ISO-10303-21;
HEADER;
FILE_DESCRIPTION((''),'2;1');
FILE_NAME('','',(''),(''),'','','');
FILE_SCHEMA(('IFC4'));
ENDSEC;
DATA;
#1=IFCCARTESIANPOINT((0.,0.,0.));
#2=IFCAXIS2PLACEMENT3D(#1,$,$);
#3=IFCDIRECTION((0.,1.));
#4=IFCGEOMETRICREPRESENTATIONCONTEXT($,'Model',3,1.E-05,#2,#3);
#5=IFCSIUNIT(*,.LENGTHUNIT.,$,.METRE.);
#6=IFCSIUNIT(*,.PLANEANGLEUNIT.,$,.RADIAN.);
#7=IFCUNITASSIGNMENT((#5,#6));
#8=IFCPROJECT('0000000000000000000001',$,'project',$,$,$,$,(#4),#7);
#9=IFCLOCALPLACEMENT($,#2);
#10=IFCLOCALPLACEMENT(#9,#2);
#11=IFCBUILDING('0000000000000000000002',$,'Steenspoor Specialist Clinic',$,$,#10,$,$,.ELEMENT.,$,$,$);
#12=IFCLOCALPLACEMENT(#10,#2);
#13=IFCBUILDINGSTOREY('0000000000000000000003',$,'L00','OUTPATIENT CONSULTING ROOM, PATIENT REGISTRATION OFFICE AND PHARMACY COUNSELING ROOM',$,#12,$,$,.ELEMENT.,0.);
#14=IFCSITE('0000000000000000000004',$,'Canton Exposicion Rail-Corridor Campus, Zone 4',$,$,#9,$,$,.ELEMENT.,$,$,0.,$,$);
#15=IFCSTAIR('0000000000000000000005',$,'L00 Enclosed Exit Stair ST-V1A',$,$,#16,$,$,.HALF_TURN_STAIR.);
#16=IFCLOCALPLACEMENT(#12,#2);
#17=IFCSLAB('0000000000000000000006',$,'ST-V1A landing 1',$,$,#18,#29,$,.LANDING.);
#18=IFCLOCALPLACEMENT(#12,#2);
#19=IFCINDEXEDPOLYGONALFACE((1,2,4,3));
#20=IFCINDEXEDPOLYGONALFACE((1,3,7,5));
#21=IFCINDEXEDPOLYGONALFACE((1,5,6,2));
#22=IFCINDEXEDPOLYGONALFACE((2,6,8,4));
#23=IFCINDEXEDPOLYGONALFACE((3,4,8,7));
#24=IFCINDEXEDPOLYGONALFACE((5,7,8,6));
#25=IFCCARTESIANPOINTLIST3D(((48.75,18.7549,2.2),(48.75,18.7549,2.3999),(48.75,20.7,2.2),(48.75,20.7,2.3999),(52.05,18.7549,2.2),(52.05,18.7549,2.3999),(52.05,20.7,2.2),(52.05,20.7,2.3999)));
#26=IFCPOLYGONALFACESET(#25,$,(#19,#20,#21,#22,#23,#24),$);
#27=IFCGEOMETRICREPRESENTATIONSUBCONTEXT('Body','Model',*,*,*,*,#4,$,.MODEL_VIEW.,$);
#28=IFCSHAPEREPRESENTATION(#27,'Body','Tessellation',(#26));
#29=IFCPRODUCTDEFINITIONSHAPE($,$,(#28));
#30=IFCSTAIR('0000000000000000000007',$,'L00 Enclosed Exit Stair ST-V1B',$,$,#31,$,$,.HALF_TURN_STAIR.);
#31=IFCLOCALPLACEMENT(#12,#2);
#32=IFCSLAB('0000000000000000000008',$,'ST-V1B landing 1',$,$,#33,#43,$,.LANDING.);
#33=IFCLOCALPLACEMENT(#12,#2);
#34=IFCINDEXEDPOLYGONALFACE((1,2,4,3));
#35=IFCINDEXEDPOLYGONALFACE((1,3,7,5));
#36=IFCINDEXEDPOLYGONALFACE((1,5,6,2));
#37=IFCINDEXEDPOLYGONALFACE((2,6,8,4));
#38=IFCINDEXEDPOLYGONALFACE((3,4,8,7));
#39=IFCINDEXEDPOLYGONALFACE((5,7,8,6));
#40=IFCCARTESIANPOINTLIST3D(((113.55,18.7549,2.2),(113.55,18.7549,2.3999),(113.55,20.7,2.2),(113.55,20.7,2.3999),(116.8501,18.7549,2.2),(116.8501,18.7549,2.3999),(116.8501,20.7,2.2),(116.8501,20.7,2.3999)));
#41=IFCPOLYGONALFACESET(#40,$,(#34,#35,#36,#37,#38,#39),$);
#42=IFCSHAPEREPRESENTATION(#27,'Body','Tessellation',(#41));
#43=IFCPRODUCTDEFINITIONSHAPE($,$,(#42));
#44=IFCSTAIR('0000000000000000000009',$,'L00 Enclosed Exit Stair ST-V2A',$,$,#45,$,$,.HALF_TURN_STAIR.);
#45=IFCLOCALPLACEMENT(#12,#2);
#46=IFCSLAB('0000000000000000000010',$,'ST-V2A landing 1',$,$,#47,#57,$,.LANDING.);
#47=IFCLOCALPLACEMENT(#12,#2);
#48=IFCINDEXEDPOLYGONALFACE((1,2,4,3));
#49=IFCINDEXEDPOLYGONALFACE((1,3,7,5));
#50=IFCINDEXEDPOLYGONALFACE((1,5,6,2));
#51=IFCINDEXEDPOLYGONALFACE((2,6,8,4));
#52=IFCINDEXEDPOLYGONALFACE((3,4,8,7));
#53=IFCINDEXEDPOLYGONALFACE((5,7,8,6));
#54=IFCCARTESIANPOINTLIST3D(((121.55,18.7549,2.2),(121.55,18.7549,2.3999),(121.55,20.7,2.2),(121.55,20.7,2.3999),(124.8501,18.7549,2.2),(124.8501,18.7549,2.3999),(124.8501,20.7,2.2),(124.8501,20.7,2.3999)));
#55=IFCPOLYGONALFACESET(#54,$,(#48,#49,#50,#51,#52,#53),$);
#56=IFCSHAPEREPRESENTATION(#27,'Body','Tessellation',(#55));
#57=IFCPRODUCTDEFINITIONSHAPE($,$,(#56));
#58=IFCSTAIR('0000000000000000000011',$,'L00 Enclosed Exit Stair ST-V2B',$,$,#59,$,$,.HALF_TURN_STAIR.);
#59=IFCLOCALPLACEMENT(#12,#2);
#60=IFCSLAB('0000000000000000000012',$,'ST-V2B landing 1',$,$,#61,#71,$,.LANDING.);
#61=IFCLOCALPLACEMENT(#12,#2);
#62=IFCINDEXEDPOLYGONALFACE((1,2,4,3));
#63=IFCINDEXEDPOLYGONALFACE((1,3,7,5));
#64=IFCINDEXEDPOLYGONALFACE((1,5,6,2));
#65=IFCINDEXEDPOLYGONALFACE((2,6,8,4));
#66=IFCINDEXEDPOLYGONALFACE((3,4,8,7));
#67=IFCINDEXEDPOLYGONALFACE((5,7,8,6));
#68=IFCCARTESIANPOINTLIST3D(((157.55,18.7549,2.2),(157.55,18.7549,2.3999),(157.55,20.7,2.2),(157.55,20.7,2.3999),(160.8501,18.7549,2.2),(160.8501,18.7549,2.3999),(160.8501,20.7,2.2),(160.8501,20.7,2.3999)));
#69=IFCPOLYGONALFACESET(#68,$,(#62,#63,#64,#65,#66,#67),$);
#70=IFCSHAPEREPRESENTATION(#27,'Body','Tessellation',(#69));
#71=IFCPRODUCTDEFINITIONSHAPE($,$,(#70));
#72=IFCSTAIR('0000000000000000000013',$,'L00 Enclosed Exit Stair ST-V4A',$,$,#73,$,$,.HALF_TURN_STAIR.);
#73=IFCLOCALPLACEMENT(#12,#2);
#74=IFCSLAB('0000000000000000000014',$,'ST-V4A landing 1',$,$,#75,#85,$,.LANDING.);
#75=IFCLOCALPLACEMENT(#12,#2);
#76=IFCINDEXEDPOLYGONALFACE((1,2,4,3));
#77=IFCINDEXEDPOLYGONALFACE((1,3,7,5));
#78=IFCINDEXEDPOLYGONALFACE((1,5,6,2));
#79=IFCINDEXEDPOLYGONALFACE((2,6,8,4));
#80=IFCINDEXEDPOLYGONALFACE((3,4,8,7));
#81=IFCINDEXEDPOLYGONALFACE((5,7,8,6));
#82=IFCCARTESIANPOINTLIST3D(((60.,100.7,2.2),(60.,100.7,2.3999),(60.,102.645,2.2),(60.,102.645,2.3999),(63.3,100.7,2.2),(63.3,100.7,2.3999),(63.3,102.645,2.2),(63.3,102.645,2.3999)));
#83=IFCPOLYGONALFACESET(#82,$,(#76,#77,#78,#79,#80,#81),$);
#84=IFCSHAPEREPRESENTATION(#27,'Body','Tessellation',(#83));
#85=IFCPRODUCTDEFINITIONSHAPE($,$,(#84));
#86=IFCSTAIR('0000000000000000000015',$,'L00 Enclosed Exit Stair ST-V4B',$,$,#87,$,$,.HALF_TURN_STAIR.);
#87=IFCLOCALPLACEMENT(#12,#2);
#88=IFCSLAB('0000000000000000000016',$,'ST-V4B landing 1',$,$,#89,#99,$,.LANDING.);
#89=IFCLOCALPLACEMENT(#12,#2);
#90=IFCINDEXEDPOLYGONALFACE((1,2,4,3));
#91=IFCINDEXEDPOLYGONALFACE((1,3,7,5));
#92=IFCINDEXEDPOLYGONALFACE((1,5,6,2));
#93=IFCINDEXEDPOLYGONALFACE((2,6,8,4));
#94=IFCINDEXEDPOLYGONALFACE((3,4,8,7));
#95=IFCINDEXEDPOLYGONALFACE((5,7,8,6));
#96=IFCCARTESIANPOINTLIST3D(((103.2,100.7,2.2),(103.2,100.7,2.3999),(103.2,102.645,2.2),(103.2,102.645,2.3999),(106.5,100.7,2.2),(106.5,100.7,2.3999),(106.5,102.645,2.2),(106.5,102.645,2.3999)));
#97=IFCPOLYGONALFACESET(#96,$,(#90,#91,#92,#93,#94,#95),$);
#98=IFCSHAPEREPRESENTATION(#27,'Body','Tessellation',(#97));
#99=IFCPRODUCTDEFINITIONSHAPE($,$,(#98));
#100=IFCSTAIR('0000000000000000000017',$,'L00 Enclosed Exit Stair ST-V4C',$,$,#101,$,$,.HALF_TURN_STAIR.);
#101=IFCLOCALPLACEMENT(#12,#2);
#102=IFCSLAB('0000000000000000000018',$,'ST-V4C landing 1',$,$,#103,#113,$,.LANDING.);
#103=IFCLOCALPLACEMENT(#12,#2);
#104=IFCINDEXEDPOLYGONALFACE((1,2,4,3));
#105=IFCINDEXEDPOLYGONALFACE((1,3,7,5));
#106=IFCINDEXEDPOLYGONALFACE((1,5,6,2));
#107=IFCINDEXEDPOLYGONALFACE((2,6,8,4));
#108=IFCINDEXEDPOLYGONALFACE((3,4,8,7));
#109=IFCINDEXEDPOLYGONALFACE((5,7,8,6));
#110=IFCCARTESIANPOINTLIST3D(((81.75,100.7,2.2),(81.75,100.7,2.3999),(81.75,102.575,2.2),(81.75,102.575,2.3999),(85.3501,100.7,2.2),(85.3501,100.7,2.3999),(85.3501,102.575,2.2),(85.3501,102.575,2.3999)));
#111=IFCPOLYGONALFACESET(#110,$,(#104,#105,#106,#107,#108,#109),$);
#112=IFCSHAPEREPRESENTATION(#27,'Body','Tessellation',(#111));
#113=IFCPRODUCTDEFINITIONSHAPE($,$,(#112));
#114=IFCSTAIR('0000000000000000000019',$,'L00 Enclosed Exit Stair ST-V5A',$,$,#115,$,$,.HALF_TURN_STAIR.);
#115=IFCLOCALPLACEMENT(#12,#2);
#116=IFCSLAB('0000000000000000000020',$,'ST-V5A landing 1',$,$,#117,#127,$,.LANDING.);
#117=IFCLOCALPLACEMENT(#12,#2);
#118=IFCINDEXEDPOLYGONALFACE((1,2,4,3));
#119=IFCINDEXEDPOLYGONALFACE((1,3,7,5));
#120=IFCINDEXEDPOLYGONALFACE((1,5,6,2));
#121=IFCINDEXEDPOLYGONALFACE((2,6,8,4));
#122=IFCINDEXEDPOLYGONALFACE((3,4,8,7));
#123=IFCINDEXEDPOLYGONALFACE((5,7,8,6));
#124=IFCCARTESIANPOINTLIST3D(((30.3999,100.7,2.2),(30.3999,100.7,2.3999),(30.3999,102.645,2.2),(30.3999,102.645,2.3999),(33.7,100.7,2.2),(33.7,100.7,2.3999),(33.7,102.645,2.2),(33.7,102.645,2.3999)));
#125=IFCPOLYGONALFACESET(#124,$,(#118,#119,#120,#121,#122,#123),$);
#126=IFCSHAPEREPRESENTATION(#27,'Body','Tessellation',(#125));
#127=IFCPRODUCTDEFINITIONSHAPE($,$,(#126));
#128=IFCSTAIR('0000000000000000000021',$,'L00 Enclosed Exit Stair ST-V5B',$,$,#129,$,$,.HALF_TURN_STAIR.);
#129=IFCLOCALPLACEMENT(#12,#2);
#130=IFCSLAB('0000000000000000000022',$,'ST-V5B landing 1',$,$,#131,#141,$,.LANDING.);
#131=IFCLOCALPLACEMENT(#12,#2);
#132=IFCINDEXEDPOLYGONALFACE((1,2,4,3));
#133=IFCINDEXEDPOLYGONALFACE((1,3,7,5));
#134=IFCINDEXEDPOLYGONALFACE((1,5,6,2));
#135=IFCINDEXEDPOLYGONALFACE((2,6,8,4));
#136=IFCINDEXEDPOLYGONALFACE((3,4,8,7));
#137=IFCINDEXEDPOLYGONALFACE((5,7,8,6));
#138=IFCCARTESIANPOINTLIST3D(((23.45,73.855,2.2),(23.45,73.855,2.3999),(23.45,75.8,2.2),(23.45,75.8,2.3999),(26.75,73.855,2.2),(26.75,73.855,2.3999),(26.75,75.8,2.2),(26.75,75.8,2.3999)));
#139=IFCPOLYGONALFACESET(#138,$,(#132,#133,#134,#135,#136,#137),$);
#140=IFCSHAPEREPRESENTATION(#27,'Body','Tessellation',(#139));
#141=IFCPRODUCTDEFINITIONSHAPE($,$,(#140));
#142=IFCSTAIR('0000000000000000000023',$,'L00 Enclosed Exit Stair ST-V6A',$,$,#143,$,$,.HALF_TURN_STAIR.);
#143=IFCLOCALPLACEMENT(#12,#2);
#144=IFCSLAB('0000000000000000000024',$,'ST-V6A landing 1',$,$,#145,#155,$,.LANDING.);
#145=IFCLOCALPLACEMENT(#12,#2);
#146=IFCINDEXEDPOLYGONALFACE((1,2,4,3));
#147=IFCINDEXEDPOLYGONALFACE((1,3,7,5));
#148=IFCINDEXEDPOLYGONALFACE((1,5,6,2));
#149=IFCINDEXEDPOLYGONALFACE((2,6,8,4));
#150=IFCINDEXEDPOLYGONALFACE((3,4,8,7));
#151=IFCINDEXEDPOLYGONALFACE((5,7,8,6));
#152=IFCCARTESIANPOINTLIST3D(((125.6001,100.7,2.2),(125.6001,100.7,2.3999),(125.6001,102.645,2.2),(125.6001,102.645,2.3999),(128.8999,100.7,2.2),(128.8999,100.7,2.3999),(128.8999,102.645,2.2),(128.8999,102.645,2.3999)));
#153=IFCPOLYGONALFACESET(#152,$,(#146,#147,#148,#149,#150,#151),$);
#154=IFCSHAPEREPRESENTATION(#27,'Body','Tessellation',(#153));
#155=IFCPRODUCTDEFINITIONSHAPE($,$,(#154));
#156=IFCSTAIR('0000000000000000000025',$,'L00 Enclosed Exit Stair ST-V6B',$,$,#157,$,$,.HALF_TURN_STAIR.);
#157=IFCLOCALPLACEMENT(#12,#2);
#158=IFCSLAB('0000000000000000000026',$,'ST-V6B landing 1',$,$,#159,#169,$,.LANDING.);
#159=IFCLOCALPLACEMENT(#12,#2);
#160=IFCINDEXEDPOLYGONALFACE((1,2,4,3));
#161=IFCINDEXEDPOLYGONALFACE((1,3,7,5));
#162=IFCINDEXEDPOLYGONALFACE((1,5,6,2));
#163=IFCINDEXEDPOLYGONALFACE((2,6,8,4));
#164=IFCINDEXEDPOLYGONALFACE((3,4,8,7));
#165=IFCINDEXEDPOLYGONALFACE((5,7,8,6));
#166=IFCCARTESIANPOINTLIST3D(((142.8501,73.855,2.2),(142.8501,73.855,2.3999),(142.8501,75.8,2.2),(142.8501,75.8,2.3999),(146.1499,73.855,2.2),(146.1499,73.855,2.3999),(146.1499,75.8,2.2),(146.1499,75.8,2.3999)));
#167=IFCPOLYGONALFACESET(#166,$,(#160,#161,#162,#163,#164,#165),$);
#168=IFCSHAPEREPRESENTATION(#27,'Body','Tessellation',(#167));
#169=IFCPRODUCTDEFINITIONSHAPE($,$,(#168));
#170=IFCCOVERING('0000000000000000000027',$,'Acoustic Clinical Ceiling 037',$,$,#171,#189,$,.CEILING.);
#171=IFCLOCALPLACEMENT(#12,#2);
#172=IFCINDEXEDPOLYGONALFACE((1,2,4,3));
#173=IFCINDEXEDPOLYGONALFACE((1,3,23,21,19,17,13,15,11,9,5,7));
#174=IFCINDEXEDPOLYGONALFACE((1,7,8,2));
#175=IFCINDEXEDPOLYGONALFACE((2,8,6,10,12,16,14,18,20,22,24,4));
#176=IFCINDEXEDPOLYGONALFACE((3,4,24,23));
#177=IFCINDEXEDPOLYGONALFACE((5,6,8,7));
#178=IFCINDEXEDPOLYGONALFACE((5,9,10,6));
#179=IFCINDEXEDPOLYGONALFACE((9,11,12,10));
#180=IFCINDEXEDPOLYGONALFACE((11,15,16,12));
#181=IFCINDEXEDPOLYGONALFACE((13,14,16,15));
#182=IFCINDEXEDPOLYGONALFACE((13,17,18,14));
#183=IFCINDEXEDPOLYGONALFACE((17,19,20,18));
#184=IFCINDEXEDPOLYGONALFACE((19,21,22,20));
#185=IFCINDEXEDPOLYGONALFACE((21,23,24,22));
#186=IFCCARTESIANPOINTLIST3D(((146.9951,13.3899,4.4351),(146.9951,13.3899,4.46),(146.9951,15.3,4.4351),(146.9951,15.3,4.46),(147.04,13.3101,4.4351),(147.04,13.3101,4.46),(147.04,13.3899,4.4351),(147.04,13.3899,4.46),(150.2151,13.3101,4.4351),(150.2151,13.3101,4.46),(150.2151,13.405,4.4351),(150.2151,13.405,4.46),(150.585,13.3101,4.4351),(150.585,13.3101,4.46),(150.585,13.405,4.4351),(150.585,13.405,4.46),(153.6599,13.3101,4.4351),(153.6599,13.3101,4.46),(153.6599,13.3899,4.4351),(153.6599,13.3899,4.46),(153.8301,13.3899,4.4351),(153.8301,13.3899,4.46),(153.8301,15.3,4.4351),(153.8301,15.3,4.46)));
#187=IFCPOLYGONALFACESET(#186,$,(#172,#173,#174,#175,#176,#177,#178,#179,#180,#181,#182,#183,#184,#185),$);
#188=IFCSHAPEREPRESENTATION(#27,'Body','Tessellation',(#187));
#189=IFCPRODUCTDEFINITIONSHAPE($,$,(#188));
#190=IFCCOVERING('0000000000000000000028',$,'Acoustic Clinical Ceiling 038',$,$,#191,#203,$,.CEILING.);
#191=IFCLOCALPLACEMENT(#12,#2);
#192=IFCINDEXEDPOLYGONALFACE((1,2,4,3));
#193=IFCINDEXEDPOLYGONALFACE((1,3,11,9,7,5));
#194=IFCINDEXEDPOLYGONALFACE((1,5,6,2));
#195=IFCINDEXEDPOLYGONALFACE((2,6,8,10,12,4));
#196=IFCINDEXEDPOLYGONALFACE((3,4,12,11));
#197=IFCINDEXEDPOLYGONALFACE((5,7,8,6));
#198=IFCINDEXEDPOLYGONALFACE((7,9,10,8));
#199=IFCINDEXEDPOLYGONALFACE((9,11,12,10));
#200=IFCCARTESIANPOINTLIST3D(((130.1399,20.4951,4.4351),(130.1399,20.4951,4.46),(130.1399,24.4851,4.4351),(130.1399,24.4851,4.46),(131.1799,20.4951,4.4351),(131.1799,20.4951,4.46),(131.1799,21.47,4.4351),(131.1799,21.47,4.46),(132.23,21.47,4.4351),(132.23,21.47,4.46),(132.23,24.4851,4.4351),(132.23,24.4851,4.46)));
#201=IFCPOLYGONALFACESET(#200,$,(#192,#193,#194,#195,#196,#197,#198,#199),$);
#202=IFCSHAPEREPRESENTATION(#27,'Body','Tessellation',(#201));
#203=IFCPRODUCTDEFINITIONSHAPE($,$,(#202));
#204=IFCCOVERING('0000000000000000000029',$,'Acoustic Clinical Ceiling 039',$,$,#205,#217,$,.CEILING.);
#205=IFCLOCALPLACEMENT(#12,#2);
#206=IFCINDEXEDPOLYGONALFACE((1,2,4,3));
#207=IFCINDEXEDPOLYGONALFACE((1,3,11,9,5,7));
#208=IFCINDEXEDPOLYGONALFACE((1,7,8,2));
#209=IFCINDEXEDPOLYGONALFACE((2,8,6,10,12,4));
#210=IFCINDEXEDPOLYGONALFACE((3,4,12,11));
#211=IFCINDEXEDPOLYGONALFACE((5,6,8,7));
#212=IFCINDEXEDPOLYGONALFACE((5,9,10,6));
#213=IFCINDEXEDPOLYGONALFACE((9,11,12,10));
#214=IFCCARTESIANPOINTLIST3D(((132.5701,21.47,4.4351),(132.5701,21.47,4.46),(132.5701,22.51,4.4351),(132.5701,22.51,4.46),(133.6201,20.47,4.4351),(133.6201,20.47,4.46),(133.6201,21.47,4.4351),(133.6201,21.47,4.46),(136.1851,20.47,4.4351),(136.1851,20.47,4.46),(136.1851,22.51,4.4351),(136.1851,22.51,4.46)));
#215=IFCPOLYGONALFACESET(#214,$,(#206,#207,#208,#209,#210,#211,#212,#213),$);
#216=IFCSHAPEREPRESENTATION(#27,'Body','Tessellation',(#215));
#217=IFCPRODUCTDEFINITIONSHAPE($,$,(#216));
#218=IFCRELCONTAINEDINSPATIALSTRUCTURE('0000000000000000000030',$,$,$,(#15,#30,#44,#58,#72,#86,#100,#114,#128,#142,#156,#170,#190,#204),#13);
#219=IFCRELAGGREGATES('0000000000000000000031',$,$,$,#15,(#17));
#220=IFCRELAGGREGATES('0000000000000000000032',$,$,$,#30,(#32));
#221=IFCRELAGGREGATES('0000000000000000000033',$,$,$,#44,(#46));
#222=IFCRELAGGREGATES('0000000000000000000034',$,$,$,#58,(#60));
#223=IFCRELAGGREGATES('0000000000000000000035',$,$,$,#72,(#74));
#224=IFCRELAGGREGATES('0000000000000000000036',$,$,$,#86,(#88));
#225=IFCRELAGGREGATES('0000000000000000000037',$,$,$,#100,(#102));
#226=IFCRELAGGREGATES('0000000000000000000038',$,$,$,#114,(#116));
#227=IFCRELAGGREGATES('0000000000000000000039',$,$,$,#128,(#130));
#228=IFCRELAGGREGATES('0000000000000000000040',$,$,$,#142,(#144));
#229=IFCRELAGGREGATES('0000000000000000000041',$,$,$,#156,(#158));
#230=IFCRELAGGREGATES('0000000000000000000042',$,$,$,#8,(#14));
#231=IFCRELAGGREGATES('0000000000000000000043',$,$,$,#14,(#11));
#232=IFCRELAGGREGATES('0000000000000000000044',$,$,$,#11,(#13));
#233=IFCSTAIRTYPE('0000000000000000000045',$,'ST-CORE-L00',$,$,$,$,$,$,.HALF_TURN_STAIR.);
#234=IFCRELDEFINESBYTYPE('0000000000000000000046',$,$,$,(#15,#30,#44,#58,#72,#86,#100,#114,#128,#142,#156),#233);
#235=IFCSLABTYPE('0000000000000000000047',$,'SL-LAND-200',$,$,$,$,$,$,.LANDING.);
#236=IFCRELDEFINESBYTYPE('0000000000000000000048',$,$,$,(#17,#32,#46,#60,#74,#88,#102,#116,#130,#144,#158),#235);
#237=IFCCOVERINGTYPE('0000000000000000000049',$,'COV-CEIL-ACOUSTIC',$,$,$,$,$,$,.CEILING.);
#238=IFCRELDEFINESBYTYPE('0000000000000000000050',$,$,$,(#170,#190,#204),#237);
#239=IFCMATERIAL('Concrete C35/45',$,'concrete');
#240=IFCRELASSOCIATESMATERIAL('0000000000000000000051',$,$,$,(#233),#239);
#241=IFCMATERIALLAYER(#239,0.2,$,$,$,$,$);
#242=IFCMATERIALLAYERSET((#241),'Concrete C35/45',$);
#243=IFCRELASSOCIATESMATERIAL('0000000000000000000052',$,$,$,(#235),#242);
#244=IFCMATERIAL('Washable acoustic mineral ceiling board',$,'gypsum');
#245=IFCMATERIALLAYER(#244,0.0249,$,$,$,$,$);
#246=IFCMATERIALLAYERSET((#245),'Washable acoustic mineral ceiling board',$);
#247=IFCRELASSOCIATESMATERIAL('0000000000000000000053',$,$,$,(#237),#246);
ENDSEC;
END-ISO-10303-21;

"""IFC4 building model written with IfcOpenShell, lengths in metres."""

from ifc_helpers import new_model, si_unit, direction, frame, origin, place, context, subcontext, project, spatial, polyline, outline, extrude, material, layer, layer_set, type_object, element, aggregate, save


model = new_model("IFC4")

# Units and contexts
model_context = context("Model", 3, precision=1e-05, world=origin(), true_north=direction((0.0, 1.0)))
body_context = subcontext(model_context, "Body", "Model", "MODEL_VIEW")
ifc_project = project(units=[si_unit("LENGTHUNIT", "METRE"), si_unit("PLANEANGLEUNIT", "RADIAN")], contexts=[model_context])

# Site, building, storey
site_placement = place(None, origin())
site = spatial("IfcSite", under=ifc_project, at=site_placement, Name="Canton Exposicion Rail-Corridor Campus, Zone 4", CompositionType="ELEMENT", RefElevation=0.0)
building_placement = place(site_placement, origin())
building = spatial("IfcBuilding", under=site, at=building_placement, Name="Steenspoor Specialist Clinic", CompositionType="ELEMENT")
storey_placement = place(building_placement, origin())
storey = spatial("IfcBuildingStorey", under=building, at=storey_placement, Name="L00", Description="OUTPATIENT CONSULTING ROOM, PATIENT REGISTRATION OFFICE AND PHARMACY COUNSELING ROOM", CompositionType="ELEMENT", Elevation=0.0)

# Stairs, slabs
ifc_material_1 = material(Name="Concrete C35/45", Category="concrete")
stair_type = type_object("IfcStairType", Name="ST-CORE-L00", PredefinedType="HALF_TURN_STAIR", material=ifc_material_1)
stair_1_placement = place(storey_placement, origin())
stair_1 = element("IfcStair", 1, at=stair_1_placement, inside=storey, type_object=stair_type, Name="L00 Enclosed Exit Stair ST-V1A", PredefinedType="HALF_TURN_STAIR")
ifc_layer_1 = layer(ifc_material_1, 0.2)
ifc_layer_set_1 = layer_set([ifc_layer_1], Name="Concrete C35/45")
slab_type = type_object("IfcSlabType", Name="SL-LAND-200", PredefinedType="LANDING", material=ifc_layer_set_1)
slab_1_placement = place(storey_placement, frame((0.0, 0.0, 2.2)))
slab_1 = element("IfcSlab", 2, at=slab_1_placement, type_object=slab_type, Name="ST-V1A landing 1", PredefinedType="LANDING", context=body_context, shape_type="SweptSolid", body=[
    extrude(outline(polyline([(52.05, 18.7549), (52.05, 20.7), (48.75, 20.7), (48.75, 18.7549), (52.05, 18.7549)])), origin(), (0.0, 0.0, 1.0), 0.2),
])
aggregate(stair_1, [slab_1])
stair_2_placement = place(storey_placement, origin())
stair_2 = element("IfcStair", 3, at=stair_2_placement, inside=storey, type_object=stair_type, Name="L00 Enclosed Exit Stair ST-V1B", PredefinedType="HALF_TURN_STAIR")
slab_2_placement = place(storey_placement, frame((0.0, 0.0, 2.2)))
slab_2 = element("IfcSlab", 4, at=slab_2_placement, type_object=slab_type, Name="ST-V1B landing 1", PredefinedType="LANDING", context=body_context, shape_type="SweptSolid", body=[
    extrude(outline(polyline([(116.8501, 18.7549), (116.8501, 20.7), (113.55, 20.7), (113.55, 18.7549), (116.8501, 18.7549)])), origin(), (0.0, 0.0, 1.0), 0.2),
])
aggregate(stair_2, [slab_2])
stair_3_placement = place(storey_placement, origin())
stair_3 = element("IfcStair", 5, at=stair_3_placement, inside=storey, type_object=stair_type, Name="L00 Enclosed Exit Stair ST-V2A", PredefinedType="HALF_TURN_STAIR")
slab_3_placement = place(storey_placement, frame((0.0, 0.0, 2.2)))
slab_3 = element("IfcSlab", 6, at=slab_3_placement, type_object=slab_type, Name="ST-V2A landing 1", PredefinedType="LANDING", context=body_context, shape_type="SweptSolid", body=[
    extrude(outline(polyline([(124.8501, 18.7549), (124.8501, 20.7), (121.55, 20.7), (121.55, 18.7549), (124.8501, 18.7549)])), origin(), (0.0, 0.0, 1.0), 0.2),
])
aggregate(stair_3, [slab_3])
stair_4_placement = place(storey_placement, origin())
stair_4 = element("IfcStair", 7, at=stair_4_placement, inside=storey, type_object=stair_type, Name="L00 Enclosed Exit Stair ST-V2B", PredefinedType="HALF_TURN_STAIR")
slab_4_placement = place(storey_placement, frame((0.0, 0.0, 2.2)))
slab_4 = element("IfcSlab", 8, at=slab_4_placement, type_object=slab_type, Name="ST-V2B landing 1", PredefinedType="LANDING", context=body_context, shape_type="SweptSolid", body=[
    extrude(outline(polyline([(160.8501, 18.7549), (160.8501, 20.7), (157.55, 20.7), (157.55, 18.7549), (160.8501, 18.7549)])), origin(), (0.0, 0.0, 1.0), 0.2),
])
aggregate(stair_4, [slab_4])
stair_5_placement = place(storey_placement, origin())
stair_5 = element("IfcStair", 9, at=stair_5_placement, inside=storey, type_object=stair_type, Name="L00 Enclosed Exit Stair ST-V4A", PredefinedType="HALF_TURN_STAIR")
slab_5_placement = place(storey_placement, frame((0.0, 0.0, 2.2)))
slab_5 = element("IfcSlab", 10, at=slab_5_placement, type_object=slab_type, Name="ST-V4A landing 1", PredefinedType="LANDING", context=body_context, shape_type="SweptSolid", body=[
    extrude(outline(polyline([(60.0, 102.645), (60.0, 100.7), (63.3, 100.7), (63.3, 102.645), (60.0, 102.645)])), origin(), (0.0, 0.0, 1.0), 0.2),
])
aggregate(stair_5, [slab_5])
stair_6_placement = place(storey_placement, origin())
stair_6 = element("IfcStair", 11, at=stair_6_placement, inside=storey, type_object=stair_type, Name="L00 Enclosed Exit Stair ST-V4B", PredefinedType="HALF_TURN_STAIR")
slab_6_placement = place(storey_placement, frame((0.0, 0.0, 2.2)))
slab_6 = element("IfcSlab", 12, at=slab_6_placement, type_object=slab_type, Name="ST-V4B landing 1", PredefinedType="LANDING", context=body_context, shape_type="SweptSolid", body=[
    extrude(outline(polyline([(103.2, 102.645), (103.2, 100.7), (106.5, 100.7), (106.5, 102.645), (103.2, 102.645)])), origin(), (0.0, 0.0, 1.0), 0.2),
])
aggregate(stair_6, [slab_6])
stair_7_placement = place(storey_placement, origin())
stair_7 = element("IfcStair", 13, at=stair_7_placement, inside=storey, type_object=stair_type, Name="L00 Enclosed Exit Stair ST-V4C", PredefinedType="HALF_TURN_STAIR")
slab_7_placement = place(storey_placement, frame((0.0, 0.0, 2.2)))
slab_7 = element("IfcSlab", 14, at=slab_7_placement, type_object=slab_type, Name="ST-V4C landing 1", PredefinedType="LANDING", context=body_context, shape_type="SweptSolid", body=[
    extrude(outline(polyline([(81.75, 102.575), (81.75, 100.7), (85.3501, 100.7), (85.3501, 102.575), (81.75, 102.575)])), origin(), (0.0, 0.0, 1.0), 0.2),
])
aggregate(stair_7, [slab_7])
stair_8_placement = place(storey_placement, origin())
stair_8 = element("IfcStair", 15, at=stair_8_placement, inside=storey, type_object=stair_type, Name="L00 Enclosed Exit Stair ST-V5A", PredefinedType="HALF_TURN_STAIR")
slab_8_placement = place(storey_placement, frame((0.0, 0.0, 2.2)))
slab_8 = element("IfcSlab", 16, at=slab_8_placement, type_object=slab_type, Name="ST-V5A landing 1", PredefinedType="LANDING", context=body_context, shape_type="SweptSolid", body=[
    extrude(outline(polyline([(30.3999, 102.645), (30.3999, 100.7), (33.7, 100.7), (33.7, 102.645), (30.3999, 102.645)])), origin(), (0.0, 0.0, 1.0), 0.2),
])
aggregate(stair_8, [slab_8])
stair_9_placement = place(storey_placement, origin())
stair_9 = element("IfcStair", 17, at=stair_9_placement, inside=storey, type_object=stair_type, Name="L00 Enclosed Exit Stair ST-V5B", PredefinedType="HALF_TURN_STAIR")
slab_9_placement = place(storey_placement, frame((0.0, 0.0, 2.2)))
slab_9 = element("IfcSlab", 18, at=slab_9_placement, type_object=slab_type, Name="ST-V5B landing 1", PredefinedType="LANDING", context=body_context, shape_type="SweptSolid", body=[
    extrude(outline(polyline([(26.75, 73.855), (26.75, 75.8), (23.45, 75.8), (23.45, 73.855), (26.75, 73.855)])), origin(), (0.0, 0.0, 1.0), 0.2),
])
aggregate(stair_9, [slab_9])
stair_10_placement = place(storey_placement, origin())
stair_10 = element("IfcStair", 19, at=stair_10_placement, inside=storey, type_object=stair_type, Name="L00 Enclosed Exit Stair ST-V6A", PredefinedType="HALF_TURN_STAIR")
slab_10_placement = place(storey_placement, frame((0.0, 0.0, 2.2)))
slab_10 = element("IfcSlab", 20, at=slab_10_placement, type_object=slab_type, Name="ST-V6A landing 1", PredefinedType="LANDING", context=body_context, shape_type="SweptSolid", body=[
    extrude(outline(polyline([(125.6001, 102.645), (125.6001, 100.7), (128.8999, 100.7), (128.8999, 102.645), (125.6001, 102.645)])), origin(), (0.0, 0.0, 1.0), 0.2),
])
aggregate(stair_10, [slab_10])
stair_11_placement = place(storey_placement, origin())
stair_11 = element("IfcStair", 21, at=stair_11_placement, inside=storey, type_object=stair_type, Name="L00 Enclosed Exit Stair ST-V6B", PredefinedType="HALF_TURN_STAIR")
slab_11_placement = place(storey_placement, frame((0.0, 0.0, 2.2)))
slab_11 = element("IfcSlab", 22, at=slab_11_placement, type_object=slab_type, Name="ST-V6B landing 1", PredefinedType="LANDING", context=body_context, shape_type="SweptSolid", body=[
    extrude(outline(polyline([(146.1499, 73.855), (146.1499, 75.8), (142.8501, 75.8), (142.8501, 73.855), (146.1499, 73.855)])), origin(), (0.0, 0.0, 1.0), 0.2),
])
aggregate(stair_11, [slab_11])

# Coverings
ifc_material_2 = material(Name="Washable acoustic mineral ceiling board", Category="gypsum")
ifc_layer_2 = layer(ifc_material_2, 0.0249)
ifc_layer_set_2 = layer_set([ifc_layer_2], Name="Washable acoustic mineral ceiling board")
covering_type_1 = type_object("IfcCoveringType", Name="COV-CEIL-ACOUSTIC", PredefinedType="CEILING", material=ifc_layer_set_2)
covering_1_placement = place(storey_placement, frame((0.0, 0.0, 4.4351)))
element("IfcCovering", 23, at=covering_1_placement, inside=storey, type_object=covering_type_1, Name="Acoustic Clinical Ceiling 037", PredefinedType="CEILING", context=body_context, shape_type="SweptSolid", body=[
    extrude(outline(polyline([(150.585, 13.3101), (150.585, 13.405), (150.2151, 13.405), (150.2151, 13.3101), (147.04, 13.3101), (147.04, 13.3899), (146.9951, 13.3899), (146.9951, 15.3), (153.8301, 15.3), (153.8301, 13.3899), (153.6599, 13.3899), (153.6599, 13.3101), (150.585, 13.3101)])), origin(), (0.0, 0.0, 1.0), 0.0249),
])
covering_2_placement = place(storey_placement, frame((0.0, 0.0, 4.4351)))
element("IfcCovering", 24, at=covering_2_placement, inside=storey, type_object=covering_type_1, Name="Acoustic Clinical Ceiling 038", PredefinedType="CEILING", context=body_context, shape_type="SweptSolid", body=[
    extrude(outline(polyline([(132.23, 24.4851), (132.23, 21.47), (131.1799, 21.47), (131.1799, 20.4951), (130.1399, 20.4951), (130.1399, 24.4851), (132.23, 24.4851)])), origin(), (0.0, 0.0, 1.0), 0.0249),
])
covering_3_placement = place(storey_placement, frame((0.0, 0.0, 4.4351)))
element("IfcCovering", 25, at=covering_3_placement, inside=storey, type_object=covering_type_1, Name="Acoustic Clinical Ceiling 039", PredefinedType="CEILING", context=body_context, shape_type="SweptSolid", body=[
    extrude(outline(polyline([(136.1851, 20.47), (133.6201, 20.47), (133.6201, 21.47), (132.5701, 21.47), (132.5701, 22.51), (136.1851, 22.51), (136.1851, 20.47)])), origin(), (0.0, 0.0, 1.0), 0.0249),
])

save(model, "model.ifc")
